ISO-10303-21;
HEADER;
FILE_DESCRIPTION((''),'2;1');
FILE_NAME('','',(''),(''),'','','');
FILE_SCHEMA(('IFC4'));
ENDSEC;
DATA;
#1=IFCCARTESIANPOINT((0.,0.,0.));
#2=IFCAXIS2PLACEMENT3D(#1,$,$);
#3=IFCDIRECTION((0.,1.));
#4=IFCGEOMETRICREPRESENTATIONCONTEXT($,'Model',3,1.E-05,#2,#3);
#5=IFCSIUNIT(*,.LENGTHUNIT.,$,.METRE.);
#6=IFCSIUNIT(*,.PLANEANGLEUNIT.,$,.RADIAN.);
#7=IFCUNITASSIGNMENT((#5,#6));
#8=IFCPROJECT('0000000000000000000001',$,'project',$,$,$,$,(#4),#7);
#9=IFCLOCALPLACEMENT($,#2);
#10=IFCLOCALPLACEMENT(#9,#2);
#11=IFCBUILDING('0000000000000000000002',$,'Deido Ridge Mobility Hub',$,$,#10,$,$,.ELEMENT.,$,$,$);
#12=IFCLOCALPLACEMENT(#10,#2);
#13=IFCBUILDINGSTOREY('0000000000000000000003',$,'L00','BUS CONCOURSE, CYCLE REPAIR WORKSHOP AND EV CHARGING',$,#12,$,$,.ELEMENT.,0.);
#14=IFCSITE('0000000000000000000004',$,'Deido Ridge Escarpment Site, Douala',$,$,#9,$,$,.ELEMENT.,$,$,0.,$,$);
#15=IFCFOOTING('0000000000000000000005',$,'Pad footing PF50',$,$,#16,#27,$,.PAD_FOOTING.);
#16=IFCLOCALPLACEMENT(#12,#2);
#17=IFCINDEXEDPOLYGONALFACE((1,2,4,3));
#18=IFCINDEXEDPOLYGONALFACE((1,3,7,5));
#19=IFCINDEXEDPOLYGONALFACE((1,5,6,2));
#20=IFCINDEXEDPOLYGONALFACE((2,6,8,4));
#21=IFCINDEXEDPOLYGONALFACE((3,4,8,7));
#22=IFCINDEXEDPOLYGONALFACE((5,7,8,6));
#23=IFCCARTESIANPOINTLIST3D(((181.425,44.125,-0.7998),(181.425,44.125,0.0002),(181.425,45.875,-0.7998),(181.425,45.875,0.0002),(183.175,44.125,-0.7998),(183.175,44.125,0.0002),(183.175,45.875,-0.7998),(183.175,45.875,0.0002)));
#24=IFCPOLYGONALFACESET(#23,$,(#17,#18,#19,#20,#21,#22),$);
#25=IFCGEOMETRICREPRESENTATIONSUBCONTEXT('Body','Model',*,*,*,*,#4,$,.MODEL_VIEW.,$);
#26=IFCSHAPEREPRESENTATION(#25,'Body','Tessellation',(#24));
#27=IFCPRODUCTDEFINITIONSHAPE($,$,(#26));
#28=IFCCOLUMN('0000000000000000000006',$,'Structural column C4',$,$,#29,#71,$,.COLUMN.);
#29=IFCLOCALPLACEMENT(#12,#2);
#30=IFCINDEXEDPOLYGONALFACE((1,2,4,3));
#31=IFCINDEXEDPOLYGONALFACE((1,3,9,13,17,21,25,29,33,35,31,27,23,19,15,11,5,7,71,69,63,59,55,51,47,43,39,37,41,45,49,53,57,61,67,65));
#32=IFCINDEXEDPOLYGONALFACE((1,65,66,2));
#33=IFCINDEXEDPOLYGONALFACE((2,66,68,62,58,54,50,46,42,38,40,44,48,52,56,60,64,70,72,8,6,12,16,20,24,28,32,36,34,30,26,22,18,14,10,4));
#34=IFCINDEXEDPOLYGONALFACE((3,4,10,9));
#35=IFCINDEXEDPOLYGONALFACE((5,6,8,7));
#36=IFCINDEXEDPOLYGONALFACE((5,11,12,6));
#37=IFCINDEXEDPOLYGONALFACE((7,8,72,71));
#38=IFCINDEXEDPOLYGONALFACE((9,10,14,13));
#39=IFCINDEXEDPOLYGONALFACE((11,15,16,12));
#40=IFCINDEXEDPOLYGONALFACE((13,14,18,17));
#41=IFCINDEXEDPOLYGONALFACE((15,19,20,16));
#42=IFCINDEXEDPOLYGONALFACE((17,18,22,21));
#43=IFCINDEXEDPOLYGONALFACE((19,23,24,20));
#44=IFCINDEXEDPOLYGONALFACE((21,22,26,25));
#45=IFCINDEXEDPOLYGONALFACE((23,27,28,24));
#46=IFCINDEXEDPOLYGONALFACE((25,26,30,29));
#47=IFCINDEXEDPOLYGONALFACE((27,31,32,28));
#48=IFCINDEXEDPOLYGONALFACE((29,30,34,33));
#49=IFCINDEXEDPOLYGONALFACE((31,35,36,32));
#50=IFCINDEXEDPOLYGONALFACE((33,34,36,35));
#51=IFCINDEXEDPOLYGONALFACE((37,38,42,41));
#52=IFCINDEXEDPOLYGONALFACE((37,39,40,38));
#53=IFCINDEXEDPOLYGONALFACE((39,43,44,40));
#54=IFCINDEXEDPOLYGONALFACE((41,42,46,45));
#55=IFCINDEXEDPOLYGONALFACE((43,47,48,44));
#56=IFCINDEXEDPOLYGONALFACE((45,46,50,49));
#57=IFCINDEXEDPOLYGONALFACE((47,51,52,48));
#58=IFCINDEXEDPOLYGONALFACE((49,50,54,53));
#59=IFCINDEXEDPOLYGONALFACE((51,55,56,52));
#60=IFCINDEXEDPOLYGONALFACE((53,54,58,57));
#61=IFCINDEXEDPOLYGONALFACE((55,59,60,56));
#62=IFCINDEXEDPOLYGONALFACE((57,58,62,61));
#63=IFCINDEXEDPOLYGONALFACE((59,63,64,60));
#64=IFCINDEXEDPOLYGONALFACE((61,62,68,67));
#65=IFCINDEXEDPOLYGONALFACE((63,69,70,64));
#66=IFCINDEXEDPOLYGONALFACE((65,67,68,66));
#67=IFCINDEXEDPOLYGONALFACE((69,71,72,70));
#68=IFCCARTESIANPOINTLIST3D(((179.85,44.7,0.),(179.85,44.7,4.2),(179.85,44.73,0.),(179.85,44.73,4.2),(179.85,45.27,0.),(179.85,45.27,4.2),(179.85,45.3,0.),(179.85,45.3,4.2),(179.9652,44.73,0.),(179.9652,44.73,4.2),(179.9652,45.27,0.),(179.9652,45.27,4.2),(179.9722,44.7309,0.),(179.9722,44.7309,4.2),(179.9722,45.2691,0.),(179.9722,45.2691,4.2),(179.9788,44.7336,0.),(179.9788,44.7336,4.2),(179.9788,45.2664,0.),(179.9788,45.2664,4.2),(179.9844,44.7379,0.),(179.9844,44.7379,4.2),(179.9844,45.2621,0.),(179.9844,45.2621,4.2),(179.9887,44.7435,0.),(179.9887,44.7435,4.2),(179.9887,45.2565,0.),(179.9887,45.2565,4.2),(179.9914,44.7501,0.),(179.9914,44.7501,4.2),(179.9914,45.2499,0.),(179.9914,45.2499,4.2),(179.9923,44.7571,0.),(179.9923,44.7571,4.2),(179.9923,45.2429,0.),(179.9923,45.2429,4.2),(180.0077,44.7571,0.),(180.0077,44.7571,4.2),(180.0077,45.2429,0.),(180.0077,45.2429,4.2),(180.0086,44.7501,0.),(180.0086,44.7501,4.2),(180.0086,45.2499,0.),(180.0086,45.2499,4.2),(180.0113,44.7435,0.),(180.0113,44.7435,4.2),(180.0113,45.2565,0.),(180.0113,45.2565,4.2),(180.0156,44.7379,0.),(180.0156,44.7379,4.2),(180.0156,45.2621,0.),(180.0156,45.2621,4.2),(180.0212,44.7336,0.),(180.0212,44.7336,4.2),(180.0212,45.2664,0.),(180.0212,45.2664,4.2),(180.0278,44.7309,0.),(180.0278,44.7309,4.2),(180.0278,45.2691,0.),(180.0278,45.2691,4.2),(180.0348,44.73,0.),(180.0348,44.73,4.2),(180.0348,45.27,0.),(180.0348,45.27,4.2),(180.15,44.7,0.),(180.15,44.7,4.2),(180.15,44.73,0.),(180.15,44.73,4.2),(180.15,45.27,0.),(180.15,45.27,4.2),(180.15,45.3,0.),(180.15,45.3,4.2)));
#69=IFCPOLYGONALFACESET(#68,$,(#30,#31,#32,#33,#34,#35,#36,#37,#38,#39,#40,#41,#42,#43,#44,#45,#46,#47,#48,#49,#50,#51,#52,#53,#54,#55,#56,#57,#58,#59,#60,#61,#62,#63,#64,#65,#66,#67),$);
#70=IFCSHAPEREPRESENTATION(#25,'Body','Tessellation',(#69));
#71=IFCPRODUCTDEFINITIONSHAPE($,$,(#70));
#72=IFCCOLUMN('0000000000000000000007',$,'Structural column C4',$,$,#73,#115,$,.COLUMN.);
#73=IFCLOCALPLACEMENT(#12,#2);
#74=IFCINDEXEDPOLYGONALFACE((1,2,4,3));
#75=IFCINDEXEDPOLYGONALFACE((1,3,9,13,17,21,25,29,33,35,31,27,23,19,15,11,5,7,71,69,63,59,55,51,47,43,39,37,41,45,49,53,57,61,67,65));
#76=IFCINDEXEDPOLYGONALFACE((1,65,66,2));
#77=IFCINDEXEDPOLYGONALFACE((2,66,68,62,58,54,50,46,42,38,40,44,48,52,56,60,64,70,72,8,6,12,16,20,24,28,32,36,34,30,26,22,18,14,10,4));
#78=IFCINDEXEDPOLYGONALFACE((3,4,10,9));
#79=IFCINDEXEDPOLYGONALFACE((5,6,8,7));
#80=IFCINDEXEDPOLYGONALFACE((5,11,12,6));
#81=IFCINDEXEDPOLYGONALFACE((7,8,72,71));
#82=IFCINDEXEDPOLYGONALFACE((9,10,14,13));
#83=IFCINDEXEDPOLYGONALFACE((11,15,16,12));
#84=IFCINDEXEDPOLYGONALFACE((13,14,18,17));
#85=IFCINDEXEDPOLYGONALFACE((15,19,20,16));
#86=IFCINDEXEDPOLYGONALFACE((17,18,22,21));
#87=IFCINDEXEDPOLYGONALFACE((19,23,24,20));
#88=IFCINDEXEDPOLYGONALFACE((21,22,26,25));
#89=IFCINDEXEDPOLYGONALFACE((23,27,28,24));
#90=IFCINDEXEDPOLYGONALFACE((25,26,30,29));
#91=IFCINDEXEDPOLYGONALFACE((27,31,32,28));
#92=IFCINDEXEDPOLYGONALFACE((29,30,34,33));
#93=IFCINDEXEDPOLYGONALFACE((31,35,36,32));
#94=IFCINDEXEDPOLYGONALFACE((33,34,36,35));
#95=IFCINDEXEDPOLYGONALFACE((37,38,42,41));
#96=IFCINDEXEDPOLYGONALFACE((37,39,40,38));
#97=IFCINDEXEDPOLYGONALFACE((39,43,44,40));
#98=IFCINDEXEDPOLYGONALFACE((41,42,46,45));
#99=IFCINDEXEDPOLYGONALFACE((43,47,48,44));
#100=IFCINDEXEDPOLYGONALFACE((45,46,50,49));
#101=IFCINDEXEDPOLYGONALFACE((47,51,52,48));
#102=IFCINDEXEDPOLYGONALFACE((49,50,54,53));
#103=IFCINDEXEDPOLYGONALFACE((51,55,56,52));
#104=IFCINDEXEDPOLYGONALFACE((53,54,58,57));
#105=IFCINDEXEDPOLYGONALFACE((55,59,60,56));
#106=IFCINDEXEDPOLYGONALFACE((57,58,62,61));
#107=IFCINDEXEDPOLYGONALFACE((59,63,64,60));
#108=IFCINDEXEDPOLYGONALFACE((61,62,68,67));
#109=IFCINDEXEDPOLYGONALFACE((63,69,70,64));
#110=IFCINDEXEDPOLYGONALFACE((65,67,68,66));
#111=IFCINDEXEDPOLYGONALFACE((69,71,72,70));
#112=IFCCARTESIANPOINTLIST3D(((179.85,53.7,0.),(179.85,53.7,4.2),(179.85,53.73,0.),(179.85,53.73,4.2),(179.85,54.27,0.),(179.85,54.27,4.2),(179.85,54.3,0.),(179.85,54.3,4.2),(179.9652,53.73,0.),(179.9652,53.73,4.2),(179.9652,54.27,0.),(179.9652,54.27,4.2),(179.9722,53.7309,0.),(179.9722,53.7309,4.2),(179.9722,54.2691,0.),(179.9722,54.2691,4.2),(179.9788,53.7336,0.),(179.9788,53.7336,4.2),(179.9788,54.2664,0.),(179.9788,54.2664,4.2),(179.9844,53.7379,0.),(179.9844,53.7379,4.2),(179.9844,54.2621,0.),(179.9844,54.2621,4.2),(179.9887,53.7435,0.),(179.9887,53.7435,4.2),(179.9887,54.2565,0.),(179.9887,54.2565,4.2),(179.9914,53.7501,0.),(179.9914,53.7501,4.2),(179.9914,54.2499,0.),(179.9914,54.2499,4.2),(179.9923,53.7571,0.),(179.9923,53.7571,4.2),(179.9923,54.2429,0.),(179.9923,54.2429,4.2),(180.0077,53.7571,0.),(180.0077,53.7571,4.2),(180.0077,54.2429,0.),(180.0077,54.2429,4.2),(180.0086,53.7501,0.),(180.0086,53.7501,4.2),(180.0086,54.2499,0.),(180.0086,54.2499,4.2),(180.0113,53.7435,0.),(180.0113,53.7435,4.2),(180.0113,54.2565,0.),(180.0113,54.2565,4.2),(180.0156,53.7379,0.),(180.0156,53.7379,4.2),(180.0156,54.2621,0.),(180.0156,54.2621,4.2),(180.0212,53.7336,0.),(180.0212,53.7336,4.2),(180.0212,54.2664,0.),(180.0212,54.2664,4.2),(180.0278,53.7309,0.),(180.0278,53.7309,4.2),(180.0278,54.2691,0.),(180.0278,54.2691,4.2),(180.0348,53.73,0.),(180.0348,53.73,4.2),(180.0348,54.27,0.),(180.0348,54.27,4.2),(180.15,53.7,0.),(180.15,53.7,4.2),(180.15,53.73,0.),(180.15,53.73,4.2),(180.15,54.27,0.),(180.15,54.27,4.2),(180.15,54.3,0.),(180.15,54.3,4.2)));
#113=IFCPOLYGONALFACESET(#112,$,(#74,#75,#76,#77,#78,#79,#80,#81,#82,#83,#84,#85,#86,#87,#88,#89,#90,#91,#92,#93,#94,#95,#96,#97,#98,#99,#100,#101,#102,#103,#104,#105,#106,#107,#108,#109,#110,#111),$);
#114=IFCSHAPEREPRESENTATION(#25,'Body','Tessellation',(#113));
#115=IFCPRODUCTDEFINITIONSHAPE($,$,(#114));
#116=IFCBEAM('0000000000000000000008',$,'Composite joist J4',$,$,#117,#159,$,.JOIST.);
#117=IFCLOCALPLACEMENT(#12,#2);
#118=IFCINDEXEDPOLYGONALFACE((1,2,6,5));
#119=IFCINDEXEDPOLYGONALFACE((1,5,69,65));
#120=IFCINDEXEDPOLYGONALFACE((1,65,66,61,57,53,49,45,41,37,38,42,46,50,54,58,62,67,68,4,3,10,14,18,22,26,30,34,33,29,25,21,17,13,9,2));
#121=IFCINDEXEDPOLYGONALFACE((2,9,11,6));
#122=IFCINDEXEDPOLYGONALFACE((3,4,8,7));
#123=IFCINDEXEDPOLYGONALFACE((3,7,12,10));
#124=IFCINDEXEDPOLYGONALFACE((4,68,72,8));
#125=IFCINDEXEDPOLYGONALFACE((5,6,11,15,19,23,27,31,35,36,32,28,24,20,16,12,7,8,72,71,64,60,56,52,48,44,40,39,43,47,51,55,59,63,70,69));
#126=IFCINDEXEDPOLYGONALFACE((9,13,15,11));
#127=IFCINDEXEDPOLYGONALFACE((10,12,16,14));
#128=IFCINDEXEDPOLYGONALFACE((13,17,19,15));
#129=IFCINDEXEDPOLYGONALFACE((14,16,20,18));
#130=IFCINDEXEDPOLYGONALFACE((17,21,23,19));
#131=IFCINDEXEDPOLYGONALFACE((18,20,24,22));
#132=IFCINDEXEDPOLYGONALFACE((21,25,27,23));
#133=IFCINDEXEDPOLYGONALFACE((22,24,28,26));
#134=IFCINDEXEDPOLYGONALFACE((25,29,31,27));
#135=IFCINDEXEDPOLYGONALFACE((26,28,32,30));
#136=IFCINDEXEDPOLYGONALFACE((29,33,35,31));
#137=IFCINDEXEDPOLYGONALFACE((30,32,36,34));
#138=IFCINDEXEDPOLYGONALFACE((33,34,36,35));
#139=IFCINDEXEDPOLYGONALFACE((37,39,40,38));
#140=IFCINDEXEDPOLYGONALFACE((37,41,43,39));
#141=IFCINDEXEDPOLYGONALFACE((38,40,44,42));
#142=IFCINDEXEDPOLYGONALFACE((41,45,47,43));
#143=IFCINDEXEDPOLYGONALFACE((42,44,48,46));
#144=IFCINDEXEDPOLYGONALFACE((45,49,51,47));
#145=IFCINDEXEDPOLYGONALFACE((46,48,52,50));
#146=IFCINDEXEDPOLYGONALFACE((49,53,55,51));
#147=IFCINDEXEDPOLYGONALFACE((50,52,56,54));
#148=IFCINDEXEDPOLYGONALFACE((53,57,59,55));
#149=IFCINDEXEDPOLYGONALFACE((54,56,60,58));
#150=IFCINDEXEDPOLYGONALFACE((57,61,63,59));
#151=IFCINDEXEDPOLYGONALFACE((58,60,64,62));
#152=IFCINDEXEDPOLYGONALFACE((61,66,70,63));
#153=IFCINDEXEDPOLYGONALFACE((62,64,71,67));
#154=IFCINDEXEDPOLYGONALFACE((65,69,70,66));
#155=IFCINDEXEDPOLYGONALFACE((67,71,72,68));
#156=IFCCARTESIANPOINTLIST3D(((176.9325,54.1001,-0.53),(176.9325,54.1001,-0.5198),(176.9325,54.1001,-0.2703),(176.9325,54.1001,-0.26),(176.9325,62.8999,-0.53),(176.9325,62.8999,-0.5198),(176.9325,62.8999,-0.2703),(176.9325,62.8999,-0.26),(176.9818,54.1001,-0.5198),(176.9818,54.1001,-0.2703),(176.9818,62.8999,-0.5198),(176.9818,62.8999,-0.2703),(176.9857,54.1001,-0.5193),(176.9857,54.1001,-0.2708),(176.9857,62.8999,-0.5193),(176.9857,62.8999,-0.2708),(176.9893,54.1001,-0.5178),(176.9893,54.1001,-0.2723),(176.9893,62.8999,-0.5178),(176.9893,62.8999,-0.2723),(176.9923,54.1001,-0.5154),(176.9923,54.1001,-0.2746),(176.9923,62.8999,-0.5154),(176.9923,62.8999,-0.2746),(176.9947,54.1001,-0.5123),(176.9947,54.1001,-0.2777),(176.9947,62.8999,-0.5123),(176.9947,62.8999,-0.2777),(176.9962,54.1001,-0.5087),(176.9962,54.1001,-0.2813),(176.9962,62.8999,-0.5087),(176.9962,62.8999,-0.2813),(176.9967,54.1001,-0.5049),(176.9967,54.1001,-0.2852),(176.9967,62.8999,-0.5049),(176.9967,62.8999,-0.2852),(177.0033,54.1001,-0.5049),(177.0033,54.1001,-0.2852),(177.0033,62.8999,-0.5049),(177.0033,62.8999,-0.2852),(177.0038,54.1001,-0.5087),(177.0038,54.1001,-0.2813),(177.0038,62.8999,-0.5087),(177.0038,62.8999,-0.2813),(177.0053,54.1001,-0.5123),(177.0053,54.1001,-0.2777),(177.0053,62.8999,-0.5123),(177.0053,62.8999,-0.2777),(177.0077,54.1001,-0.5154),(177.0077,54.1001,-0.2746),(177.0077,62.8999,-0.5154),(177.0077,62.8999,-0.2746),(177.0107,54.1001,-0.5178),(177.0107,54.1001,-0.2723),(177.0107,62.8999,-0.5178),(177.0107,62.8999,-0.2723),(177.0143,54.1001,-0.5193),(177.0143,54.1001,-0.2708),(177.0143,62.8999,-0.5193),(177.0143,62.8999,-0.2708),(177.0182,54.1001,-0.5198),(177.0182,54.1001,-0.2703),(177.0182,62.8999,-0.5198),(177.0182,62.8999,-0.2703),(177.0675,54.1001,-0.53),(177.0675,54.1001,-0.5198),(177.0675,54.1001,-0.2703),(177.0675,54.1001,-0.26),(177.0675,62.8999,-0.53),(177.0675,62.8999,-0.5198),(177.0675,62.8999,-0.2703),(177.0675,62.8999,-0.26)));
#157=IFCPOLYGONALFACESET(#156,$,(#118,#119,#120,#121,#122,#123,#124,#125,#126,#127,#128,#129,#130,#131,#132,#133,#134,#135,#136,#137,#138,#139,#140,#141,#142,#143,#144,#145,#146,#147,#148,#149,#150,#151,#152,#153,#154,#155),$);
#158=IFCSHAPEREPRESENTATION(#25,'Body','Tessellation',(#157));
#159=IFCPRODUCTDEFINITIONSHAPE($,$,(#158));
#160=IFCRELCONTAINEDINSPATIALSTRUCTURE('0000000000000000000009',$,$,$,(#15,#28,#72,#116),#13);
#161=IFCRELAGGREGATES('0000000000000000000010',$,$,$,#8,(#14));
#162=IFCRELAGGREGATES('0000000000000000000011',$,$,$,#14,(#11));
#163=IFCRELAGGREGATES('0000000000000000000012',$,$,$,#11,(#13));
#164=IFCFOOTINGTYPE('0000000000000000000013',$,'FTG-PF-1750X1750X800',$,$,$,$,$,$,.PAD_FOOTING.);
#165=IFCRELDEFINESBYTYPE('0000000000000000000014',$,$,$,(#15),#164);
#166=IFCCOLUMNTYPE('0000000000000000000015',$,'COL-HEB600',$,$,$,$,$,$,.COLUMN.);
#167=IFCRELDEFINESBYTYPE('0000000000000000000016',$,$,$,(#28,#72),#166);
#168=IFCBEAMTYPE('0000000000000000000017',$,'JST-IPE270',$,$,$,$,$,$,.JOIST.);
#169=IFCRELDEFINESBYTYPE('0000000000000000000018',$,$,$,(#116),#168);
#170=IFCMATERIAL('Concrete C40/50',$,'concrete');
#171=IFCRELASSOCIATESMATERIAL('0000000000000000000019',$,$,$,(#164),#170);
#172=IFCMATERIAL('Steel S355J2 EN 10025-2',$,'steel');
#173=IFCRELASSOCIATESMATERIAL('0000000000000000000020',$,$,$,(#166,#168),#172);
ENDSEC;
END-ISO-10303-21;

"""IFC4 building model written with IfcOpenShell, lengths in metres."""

from ifc_helpers import new_model, si_unit, direction, frame, origin, origin_2d, place, context, subcontext, project, spatial, rectangle, i_section, extrude, material, material_profile, profile_set, type_object, element, save


model = new_model("IFC4")

# Units and contexts
model_context = context("Model", 3, precision=1e-05, world=origin(), true_north=direction((0.0, 1.0)))
body_context = subcontext(model_context, "Body", "Model", "MODEL_VIEW")
ifc_project = project(units=[si_unit("LENGTHUNIT", "METRE"), si_unit("PLANEANGLEUNIT", "RADIAN")], contexts=[model_context])

# Site, building, storey
site_placement = place(None, origin())
site = spatial("IfcSite", under=ifc_project, at=site_placement, Name="Deido Ridge Escarpment Site, Douala", CompositionType="ELEMENT", RefElevation=0.0)
building_placement = place(site_placement, origin())
building = spatial("IfcBuilding", under=site, at=building_placement, Name="Deido Ridge Mobility Hub", CompositionType="ELEMENT")
storey_placement = place(building_placement, origin())
storey = spatial("IfcBuildingStorey", under=building, at=storey_placement, Name="L00", Description="BUS CONCOURSE, CYCLE REPAIR WORKSHOP AND EV CHARGING", CompositionType="ELEMENT", Elevation=0.0)

# Footing
ifc_material_1 = material(Name="Concrete C40/50", Category="concrete")
footing_type = type_object("IfcFootingType", Name="FTG-PF-1750X1750X800", PredefinedType="PAD_FOOTING", material=ifc_material_1)
footing_placement = place(storey_placement, frame((182.3, 45.0, -0.7998), z_axis=(0.0, 0.0, 1.0), x_axis=(1.0, 0.0, 0.0)))
element("IfcFooting", 1, at=footing_placement, inside=storey, type_object=footing_type, Name="Pad footing PF50", PredefinedType="PAD_FOOTING", context=body_context, shape_type="SweptSolid", body=[
    extrude(rectangle(XDim=1.75, YDim=1.75, at=origin_2d()), origin(), (0.0, 0.0, 1.0), 0.8),
])

# Columns
ifc_material_2 = material(Name="Steel S355J2 EN 10025-2", Category="steel")
ifc_material_profile_1 = material_profile(ifc_material_2, i_section(OverallWidth=0.3, OverallDepth=0.6001, WebThickness=0.0154, FlangeThickness=0.03, FilletRadius=0.0271, at=origin_2d()), Name="HEB 600")
ifc_profile_set_1 = profile_set([ifc_material_profile_1], Name="Steel S355J2 EN 10025-2")
column_type = type_object("IfcColumnType", Name="COL-HEB600", PredefinedType="COLUMN", material=ifc_profile_set_1)
for number, where, z_axis, x_axis, name in (
    (2, (180.0, 45.0, 0.0), (0.0, 0.0, 1.0), (1.0, 0.0, 0.0), "Structural column C4"),
    (3, (180.0, 54.0, 0.0), (0.0, 0.0, 1.0), (1.0, 0.0, 0.0), "Structural column C4"),
):
    element("IfcColumn", number, at=place(storey_placement, frame(where, z_axis=z_axis, x_axis=x_axis)), inside=storey, type_object=column_type, Name=name, PredefinedType="COLUMN", context=body_context, shape_type="SweptSolid", body=[
        extrude(i_section(OverallWidth=0.3, OverallDepth=0.6001, WebThickness=0.0154, FlangeThickness=0.03, FilletRadius=0.0271, at=origin_2d()), origin(), (0.0, 0.0, 1.0), 4.2),
    ])

# Beam
ifc_material_profile_2 = material_profile(ifc_material_2, i_section(OverallWidth=0.135, OverallDepth=0.27, WebThickness=0.0066, FlangeThickness=0.0103, FilletRadius=0.0149, at=origin_2d()), Name="IPE 270")
ifc_profile_set_2 = profile_set([ifc_material_profile_2], Name="Steel S355J2 EN 10025-2")
beam_type_1 = type_object("IfcBeamType", Name="JST-IPE270", PredefinedType="JOIST", material=ifc_profile_set_2)
beam_1_placement = place(storey_placement, frame((177.0, 54.1001, -0.395), z_axis=(0.0, 1.0, 0.0), x_axis=(-1.0, 0.0, 0.0)))
element("IfcBeam", 4, at=beam_1_placement, inside=storey, type_object=beam_type_1, Name="Composite joist J4", PredefinedType="JOIST", context=body_context, shape_type="SweptSolid", body=[
    extrude(i_section(OverallWidth=0.135, OverallDepth=0.27, WebThickness=0.0066, FlangeThickness=0.0103, FilletRadius=0.0149, at=origin_2d()), origin(), (0.0, 0.0, 1.0), 8.7998),
])

save(model, "model.ifc")
